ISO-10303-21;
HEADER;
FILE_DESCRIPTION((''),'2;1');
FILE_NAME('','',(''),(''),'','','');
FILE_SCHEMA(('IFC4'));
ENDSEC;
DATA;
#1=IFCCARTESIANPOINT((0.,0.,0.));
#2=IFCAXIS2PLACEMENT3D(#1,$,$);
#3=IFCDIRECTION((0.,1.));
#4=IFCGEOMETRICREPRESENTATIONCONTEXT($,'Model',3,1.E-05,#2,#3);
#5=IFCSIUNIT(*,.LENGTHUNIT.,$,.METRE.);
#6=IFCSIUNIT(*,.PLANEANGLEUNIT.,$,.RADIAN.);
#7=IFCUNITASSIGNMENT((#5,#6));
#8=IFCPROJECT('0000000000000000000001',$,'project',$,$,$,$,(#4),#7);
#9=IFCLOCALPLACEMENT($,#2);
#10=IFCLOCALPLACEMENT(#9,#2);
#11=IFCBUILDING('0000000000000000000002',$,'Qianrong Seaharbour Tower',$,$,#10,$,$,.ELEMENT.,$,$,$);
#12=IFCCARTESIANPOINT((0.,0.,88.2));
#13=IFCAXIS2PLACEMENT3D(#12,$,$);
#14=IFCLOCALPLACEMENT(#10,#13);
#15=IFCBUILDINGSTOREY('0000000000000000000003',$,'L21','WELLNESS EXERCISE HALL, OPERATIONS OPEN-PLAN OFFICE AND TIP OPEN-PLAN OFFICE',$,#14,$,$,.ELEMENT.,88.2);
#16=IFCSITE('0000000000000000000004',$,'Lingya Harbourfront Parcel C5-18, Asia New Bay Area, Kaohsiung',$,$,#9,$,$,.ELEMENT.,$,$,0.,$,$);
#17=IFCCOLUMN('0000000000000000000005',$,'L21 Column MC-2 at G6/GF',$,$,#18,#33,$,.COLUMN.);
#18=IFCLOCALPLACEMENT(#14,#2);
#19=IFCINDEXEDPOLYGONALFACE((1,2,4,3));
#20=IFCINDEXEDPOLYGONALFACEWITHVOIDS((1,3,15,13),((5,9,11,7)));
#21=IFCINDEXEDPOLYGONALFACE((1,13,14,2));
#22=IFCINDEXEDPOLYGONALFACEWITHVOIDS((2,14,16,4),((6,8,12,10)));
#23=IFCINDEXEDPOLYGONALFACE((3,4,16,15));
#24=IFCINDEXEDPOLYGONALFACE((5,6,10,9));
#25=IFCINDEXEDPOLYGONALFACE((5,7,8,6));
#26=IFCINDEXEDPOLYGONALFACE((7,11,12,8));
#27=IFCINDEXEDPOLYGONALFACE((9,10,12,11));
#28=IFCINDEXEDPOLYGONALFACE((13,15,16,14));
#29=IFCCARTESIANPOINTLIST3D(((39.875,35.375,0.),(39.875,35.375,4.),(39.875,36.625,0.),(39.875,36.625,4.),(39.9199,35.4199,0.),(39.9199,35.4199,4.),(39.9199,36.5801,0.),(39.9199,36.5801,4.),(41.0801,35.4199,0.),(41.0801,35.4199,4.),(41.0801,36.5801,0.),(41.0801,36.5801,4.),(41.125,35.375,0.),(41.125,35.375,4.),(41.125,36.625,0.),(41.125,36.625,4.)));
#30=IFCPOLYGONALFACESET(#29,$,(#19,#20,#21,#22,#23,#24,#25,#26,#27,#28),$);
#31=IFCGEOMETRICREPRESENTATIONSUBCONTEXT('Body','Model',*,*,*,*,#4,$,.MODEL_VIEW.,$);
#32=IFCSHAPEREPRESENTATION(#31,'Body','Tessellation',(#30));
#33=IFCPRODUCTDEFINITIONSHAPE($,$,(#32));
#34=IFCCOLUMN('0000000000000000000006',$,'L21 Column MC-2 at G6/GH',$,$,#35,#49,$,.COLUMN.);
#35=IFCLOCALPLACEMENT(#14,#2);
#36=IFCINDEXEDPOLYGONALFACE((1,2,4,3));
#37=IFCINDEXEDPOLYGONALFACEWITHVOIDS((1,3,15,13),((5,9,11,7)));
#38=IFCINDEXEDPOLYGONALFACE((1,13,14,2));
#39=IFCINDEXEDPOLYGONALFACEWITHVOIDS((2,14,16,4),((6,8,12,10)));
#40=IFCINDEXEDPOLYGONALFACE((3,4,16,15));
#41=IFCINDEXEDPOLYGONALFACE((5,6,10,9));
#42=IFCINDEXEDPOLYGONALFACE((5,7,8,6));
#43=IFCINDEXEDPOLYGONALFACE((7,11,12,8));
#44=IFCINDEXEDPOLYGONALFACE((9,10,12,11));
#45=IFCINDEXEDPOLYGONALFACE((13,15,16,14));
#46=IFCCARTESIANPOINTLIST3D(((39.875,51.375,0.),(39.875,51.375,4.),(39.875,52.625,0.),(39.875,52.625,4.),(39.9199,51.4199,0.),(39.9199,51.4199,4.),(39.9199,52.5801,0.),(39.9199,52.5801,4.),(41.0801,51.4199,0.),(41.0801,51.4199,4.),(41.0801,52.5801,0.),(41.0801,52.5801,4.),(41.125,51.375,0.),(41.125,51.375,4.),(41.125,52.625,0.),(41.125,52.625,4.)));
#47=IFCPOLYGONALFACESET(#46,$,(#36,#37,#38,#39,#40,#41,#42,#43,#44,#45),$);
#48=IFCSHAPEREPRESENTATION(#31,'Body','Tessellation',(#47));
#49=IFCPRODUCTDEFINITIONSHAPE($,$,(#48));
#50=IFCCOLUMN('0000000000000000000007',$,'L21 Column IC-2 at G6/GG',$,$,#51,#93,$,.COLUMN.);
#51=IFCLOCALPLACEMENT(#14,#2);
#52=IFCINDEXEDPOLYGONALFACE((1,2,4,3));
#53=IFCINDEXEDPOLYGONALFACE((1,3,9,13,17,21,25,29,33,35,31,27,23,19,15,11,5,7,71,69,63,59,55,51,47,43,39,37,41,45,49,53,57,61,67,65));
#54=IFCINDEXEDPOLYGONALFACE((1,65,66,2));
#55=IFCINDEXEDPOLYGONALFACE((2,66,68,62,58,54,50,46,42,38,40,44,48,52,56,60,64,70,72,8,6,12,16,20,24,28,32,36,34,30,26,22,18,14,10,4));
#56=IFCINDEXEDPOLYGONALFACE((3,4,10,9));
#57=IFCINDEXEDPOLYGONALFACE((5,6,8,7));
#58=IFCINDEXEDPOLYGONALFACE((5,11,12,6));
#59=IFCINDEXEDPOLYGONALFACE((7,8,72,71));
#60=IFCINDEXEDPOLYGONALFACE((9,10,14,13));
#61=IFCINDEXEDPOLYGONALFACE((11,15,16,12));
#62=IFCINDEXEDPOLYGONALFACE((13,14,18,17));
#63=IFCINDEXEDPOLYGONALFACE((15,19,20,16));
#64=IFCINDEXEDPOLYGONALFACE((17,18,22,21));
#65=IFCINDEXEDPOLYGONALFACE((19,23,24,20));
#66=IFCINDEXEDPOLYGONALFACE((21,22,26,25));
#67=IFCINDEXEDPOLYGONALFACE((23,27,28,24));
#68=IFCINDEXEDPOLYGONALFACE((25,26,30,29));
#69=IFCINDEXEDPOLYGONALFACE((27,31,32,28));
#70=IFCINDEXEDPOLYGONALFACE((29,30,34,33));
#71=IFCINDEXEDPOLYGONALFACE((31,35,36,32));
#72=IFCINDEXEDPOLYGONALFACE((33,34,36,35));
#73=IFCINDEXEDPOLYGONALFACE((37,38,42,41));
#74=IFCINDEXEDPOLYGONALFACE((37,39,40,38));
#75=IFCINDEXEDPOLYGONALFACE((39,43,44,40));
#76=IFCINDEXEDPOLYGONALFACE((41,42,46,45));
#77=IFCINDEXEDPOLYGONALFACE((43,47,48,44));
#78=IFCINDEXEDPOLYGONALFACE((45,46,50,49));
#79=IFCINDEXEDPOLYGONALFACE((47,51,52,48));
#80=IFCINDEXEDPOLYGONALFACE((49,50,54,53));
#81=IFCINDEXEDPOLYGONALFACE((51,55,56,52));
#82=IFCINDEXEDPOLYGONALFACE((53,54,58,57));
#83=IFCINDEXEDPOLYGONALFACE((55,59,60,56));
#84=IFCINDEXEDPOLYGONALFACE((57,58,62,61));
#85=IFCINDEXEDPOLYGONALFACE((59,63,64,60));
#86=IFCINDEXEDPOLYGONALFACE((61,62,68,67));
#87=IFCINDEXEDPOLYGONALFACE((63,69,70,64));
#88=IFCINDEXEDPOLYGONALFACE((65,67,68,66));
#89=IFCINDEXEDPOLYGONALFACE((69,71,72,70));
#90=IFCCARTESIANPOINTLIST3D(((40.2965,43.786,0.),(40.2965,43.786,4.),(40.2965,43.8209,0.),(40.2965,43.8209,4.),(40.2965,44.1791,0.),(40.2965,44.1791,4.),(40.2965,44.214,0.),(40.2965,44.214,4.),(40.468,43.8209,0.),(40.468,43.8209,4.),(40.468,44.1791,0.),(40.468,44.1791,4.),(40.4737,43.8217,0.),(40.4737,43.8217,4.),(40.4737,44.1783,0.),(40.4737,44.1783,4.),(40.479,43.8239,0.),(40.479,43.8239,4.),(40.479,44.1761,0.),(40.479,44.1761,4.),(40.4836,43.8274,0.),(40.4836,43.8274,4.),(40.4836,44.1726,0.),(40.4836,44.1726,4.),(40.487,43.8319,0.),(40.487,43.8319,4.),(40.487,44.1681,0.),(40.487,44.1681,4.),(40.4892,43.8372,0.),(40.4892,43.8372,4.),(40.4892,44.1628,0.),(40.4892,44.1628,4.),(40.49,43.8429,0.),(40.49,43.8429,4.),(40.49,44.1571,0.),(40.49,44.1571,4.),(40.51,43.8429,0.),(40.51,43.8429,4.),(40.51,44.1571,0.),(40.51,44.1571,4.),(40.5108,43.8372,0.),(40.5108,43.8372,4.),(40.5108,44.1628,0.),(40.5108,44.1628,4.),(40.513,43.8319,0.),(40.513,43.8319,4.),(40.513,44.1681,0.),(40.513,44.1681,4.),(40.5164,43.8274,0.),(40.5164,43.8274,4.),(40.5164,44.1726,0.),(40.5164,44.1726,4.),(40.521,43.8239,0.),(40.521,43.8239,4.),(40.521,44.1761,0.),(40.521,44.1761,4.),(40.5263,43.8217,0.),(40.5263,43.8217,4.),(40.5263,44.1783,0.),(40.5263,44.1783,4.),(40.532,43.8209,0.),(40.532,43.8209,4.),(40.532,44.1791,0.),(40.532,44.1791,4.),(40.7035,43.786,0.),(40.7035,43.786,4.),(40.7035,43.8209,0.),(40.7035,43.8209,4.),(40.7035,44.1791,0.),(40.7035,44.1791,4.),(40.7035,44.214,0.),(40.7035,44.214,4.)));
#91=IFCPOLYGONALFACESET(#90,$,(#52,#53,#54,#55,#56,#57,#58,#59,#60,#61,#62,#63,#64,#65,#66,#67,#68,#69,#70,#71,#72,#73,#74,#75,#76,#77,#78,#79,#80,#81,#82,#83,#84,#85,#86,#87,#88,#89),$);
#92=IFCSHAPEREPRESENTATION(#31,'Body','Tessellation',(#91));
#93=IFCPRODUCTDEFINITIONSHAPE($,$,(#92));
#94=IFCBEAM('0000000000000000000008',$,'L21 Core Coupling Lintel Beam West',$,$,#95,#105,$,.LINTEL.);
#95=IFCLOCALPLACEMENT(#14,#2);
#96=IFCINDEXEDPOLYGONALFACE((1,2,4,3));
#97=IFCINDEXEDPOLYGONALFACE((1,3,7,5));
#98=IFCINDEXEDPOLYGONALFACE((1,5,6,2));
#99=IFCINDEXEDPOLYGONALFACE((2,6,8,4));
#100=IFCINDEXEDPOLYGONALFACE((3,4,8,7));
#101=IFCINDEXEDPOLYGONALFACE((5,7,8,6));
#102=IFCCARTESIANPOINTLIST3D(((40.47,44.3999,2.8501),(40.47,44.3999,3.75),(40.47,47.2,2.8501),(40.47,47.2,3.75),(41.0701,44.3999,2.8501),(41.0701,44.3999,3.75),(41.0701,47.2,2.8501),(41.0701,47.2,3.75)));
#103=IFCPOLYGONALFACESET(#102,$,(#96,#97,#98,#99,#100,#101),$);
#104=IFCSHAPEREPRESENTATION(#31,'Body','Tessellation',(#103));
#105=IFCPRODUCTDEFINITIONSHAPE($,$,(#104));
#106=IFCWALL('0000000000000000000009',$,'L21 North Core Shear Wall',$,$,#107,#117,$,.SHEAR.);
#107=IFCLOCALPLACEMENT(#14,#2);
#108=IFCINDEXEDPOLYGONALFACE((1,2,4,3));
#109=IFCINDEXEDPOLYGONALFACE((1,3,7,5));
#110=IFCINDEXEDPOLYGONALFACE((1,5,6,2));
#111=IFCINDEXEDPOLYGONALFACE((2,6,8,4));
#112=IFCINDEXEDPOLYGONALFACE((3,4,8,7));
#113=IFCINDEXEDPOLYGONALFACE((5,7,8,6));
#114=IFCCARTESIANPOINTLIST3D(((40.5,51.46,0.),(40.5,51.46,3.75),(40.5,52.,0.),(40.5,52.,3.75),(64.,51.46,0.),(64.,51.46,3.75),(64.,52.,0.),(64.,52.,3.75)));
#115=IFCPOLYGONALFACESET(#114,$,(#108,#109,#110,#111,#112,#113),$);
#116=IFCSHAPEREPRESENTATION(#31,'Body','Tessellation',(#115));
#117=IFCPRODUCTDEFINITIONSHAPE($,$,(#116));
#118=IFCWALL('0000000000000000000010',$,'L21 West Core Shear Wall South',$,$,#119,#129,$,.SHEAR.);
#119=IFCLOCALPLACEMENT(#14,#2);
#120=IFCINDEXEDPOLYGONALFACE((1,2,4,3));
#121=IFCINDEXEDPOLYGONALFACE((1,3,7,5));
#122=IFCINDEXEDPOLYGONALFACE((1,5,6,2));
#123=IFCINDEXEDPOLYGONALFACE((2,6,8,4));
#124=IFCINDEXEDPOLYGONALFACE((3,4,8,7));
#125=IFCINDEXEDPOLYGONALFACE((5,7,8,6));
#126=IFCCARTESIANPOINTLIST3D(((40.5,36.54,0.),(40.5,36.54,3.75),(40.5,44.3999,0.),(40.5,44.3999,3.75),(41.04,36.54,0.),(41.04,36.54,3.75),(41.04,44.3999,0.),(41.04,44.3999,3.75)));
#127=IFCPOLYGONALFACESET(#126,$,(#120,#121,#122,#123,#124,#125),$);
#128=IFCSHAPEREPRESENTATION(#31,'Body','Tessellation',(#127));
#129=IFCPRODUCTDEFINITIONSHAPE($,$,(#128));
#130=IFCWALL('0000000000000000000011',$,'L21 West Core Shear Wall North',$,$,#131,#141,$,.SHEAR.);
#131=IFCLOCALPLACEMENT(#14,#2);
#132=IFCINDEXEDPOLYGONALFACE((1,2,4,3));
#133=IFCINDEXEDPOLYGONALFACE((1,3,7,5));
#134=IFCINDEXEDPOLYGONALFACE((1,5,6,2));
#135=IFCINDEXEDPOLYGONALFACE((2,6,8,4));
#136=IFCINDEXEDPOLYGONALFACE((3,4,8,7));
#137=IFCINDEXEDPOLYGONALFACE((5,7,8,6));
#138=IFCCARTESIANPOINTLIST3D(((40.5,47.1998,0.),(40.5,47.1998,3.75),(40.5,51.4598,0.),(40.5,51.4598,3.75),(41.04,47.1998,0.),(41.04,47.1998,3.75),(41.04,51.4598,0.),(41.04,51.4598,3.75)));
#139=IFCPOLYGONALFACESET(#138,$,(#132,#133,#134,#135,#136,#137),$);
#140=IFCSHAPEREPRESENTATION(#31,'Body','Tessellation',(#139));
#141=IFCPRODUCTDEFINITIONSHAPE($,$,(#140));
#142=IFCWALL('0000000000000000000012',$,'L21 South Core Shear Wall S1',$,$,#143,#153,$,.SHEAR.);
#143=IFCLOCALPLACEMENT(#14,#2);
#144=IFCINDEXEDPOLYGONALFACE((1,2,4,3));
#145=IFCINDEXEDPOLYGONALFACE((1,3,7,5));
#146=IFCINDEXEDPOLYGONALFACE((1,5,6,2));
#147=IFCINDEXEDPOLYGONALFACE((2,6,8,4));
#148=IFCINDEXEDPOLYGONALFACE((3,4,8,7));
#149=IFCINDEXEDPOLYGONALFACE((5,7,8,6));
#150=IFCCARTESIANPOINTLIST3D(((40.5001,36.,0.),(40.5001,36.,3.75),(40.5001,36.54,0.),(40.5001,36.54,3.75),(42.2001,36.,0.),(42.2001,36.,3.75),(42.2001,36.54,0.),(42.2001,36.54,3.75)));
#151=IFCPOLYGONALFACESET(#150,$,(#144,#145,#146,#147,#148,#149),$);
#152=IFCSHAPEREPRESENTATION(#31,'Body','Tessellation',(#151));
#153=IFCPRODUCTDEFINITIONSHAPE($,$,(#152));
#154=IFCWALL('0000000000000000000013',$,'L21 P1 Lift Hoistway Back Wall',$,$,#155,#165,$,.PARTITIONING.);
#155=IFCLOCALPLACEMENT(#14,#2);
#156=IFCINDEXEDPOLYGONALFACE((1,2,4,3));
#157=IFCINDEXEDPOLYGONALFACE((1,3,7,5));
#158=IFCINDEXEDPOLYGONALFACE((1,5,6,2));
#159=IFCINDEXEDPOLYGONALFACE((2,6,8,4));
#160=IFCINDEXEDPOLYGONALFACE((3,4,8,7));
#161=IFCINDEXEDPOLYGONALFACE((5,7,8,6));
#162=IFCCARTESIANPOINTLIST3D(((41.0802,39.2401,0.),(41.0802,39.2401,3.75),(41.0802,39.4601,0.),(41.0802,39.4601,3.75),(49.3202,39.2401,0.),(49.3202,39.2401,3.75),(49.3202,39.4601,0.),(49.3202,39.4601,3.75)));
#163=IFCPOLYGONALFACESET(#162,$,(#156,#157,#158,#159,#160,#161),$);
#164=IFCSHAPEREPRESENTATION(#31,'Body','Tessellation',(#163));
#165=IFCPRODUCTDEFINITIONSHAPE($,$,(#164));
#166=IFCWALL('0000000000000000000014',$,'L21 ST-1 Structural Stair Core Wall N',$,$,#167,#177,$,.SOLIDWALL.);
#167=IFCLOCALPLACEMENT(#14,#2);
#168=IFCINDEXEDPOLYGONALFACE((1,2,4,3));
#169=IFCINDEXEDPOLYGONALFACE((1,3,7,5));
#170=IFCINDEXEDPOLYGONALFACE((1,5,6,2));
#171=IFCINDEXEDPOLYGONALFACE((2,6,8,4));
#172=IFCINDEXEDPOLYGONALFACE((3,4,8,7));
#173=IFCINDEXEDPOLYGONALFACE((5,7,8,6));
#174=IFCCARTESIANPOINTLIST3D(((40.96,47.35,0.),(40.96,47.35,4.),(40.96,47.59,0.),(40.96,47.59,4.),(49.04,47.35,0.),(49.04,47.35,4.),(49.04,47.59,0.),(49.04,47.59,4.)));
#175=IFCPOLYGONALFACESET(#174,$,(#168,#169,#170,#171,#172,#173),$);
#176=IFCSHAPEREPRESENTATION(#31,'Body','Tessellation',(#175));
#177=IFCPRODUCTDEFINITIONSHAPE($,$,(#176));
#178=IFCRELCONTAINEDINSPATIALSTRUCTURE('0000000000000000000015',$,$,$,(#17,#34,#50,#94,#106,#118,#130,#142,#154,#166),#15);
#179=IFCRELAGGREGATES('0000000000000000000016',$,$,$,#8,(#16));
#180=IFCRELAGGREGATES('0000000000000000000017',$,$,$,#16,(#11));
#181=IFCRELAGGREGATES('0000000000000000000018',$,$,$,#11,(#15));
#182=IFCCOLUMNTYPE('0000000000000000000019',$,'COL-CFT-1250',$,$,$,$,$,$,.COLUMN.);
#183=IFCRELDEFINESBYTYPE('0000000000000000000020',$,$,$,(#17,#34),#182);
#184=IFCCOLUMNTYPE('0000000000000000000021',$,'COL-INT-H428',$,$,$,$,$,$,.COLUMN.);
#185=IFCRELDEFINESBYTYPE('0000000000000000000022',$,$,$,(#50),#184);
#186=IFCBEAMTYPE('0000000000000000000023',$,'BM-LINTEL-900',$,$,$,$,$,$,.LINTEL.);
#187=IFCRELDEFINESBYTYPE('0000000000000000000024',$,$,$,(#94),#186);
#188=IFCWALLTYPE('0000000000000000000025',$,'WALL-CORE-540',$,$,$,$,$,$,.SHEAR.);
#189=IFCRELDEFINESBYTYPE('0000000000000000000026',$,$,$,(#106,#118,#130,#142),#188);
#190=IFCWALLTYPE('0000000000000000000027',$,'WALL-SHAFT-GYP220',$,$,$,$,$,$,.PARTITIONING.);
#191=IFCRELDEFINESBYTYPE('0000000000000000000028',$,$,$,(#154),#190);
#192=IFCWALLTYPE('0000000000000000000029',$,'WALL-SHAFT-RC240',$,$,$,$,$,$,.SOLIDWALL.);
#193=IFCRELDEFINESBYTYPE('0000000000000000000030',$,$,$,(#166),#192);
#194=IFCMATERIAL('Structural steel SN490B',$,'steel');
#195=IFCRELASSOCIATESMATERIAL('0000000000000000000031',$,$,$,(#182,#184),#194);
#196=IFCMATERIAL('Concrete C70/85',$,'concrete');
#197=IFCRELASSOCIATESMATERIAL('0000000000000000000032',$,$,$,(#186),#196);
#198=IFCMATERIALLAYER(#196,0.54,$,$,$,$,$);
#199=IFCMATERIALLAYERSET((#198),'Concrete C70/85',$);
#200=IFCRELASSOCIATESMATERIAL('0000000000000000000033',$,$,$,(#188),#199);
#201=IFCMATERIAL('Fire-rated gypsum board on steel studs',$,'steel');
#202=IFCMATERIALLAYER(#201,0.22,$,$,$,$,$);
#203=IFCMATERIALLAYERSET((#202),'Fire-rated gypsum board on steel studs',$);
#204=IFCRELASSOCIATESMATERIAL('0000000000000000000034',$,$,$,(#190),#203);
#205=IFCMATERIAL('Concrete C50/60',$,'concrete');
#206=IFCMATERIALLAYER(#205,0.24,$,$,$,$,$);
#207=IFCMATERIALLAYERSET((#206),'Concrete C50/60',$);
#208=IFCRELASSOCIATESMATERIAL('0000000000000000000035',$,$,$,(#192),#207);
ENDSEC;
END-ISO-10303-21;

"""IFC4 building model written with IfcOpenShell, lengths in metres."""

from ifc_helpers import new_model, si_unit, direction, frame, frame_2d, origin, origin_2d, place, context, subcontext, project, spatial, rectangle, hollow_rectangle, i_section, extrude, material, layer, layer_set, material_profile, profile_set, type_object, element, save


model = new_model("IFC4")

# Units and contexts
model_context = context("Model", 3, precision=1e-05, world=origin(), true_north=direction((0.0, 1.0)))
body_context = subcontext(model_context, "Body", "Model", "MODEL_VIEW")
ifc_project = project(units=[si_unit("LENGTHUNIT", "METRE"), si_unit("PLANEANGLEUNIT", "RADIAN")], contexts=[model_context])

# Site, building, storey
site_placement = place(None, origin())
site = spatial("IfcSite", under=ifc_project, at=site_placement, Name="Lingya Harbourfront Parcel C5-18, Asia New Bay Area, Kaohsiung", CompositionType="ELEMENT", RefElevation=0.0)
building_placement = place(site_placement, origin())
building = spatial("IfcBuilding", under=site, at=building_placement, Name="Qianrong Seaharbour Tower", CompositionType="ELEMENT")
storey_placement = place(building_placement, frame((0.0, 0.0, 88.2)))
storey = spatial("IfcBuildingStorey", under=building, at=storey_placement, Name="L21", Description="WELLNESS EXERCISE HALL, OPERATIONS OPEN-PLAN OFFICE AND TIP OPEN-PLAN OFFICE", CompositionType="ELEMENT", Elevation=88.2)

# Columns
ifc_material_1 = material(Name="Structural steel SN490B", Category="steel")
ifc_material_profile_1 = material_profile(ifc_material_1, hollow_rectangle(XDim=1.25, YDim=1.25, WallThickness=0.0449, at=origin_2d()), Name="BOX1250x1250x45")
ifc_profile_set_1 = profile_set([ifc_material_profile_1], Name="Structural steel SN490B")
column_type_1 = type_object("IfcColumnType", Name="COL-CFT-1250", PredefinedType="COLUMN", material=ifc_profile_set_1)
for number, where, z_axis, x_axis, name in (
    (1, (40.5, 36.0, 0.0), (0.0, 0.0, 1.0), (1.0, 0.0, 0.0), "L21 Column MC-2 at G6/GF"),
    (2, (40.5, 52.0, 0.0), (0.0, 0.0, 1.0), (1.0, 0.0, 0.0), "L21 Column MC-2 at G6/GH"),
):
    element("IfcColumn", number, at=place(storey_placement, frame(where, z_axis=z_axis, x_axis=x_axis)), inside=storey, type_object=column_type_1, Name=name, PredefinedType="COLUMN", context=body_context, shape_type="SweptSolid", body=[
        extrude(hollow_rectangle(XDim=1.25, YDim=1.25, WallThickness=0.0449, at=origin_2d()), origin(), (0.0, 0.0, 1.0), 4.0),
    ])
ifc_material_profile_2 = material_profile(ifc_material_1, i_section(OverallWidth=0.407, OverallDepth=0.428, WebThickness=0.02, FlangeThickness=0.0349, FilletRadius=0.022, at=origin_2d()), Name="H428x407x20x35")
ifc_profile_set_2 = profile_set([ifc_material_profile_2], Name="Structural steel SN490B")
column_type_2 = type_object("IfcColumnType", Name="COL-INT-H428", PredefinedType="COLUMN", material=ifc_profile_set_2)
column_placement = place(storey_placement, frame((40.5, 44.0, 0.0), z_axis=(0.0, 0.0, 1.0), x_axis=(1.0, 0.0, 0.0)))
element("IfcColumn", 3, at=column_placement, inside=storey, type_object=column_type_2, Name="L21 Column IC-2 at G6/GG", PredefinedType="COLUMN", context=body_context, shape_type="SweptSolid", body=[
    extrude(i_section(OverallWidth=0.407, OverallDepth=0.428, WebThickness=0.02, FlangeThickness=0.0349, FilletRadius=0.022, at=origin_2d()), origin(), (0.0, 0.0, 1.0), 4.0),
])

# Beam
ifc_material_2 = material(Name="Concrete C70/85", Category="concrete")
ifc_material_profile_3 = material_profile(ifc_material_2, rectangle(XDim=0.6001, YDim=0.8999, at=origin_2d()), Name="RC600x900")
ifc_profile_set_3 = profile_set([ifc_material_profile_3], Name="Concrete C70/85")
beam_type = type_object("IfcBeamType", Name="BM-LINTEL-900", PredefinedType="LINTEL", material=ifc_profile_set_3)
beam_placement = place(storey_placement, frame((40.77, 44.3999, 3.3), z_axis=(0.0, 1.0, 0.0), x_axis=(-1.0, 0.0, 0.0)))
element("IfcBeam", 4, at=beam_placement, inside=storey, type_object=beam_type, Name="L21 Core Coupling Lintel Beam West", PredefinedType="LINTEL", context=body_context, shape_type="SweptSolid", body=[
    extrude(rectangle(XDim=0.6001, YDim=0.8999, at=origin_2d()), origin(), (0.0, 0.0, 1.0), 2.8),
])

# Walls
ifc_layer_1 = layer(ifc_material_2, 0.54)
ifc_layer_set_1 = layer_set([ifc_layer_1], Name="Concrete C70/85")
wall_type_1 = type_object("IfcWallType", Name="WALL-CORE-540", PredefinedType="SHEAR", material=ifc_layer_set_1)
wall_1_placement = place(storey_placement, frame((40.5, 51.73, 0.0), z_axis=(0.0, 0.0, 1.0), x_axis=(1.0, 0.0, 0.0)))
element("IfcWall", 5, at=wall_1_placement, inside=storey, type_object=wall_type_1, Name="L21 North Core Shear Wall", PredefinedType="SHEAR", context=body_context, shape_type="SweptSolid", body=[
    extrude(rectangle(XDim=23.5, YDim=0.54, at=frame_2d((11.75, 0.0))), origin(), (0.0, 0.0, 1.0), 3.75),
])
wall_2_placement = place(storey_placement, frame((40.77, 36.54, 0.0), z_axis=(0.0, 0.0, 1.0), x_axis=(0.0, 1.0, 0.0)))
element("IfcWall", 6, at=wall_2_placement, inside=storey, type_object=wall_type_1, Name="L21 West Core Shear Wall South", PredefinedType="SHEAR", context=body_context, shape_type="SweptSolid", body=[
    extrude(rectangle(XDim=7.8599, YDim=0.54, at=frame_2d((3.9299, 0.0))), origin(), (0.0, 0.0, 1.0), 3.75),
])
wall_3_placement = place(storey_placement, frame((40.77, 47.2, 0.0), z_axis=(0.0, 0.0, 1.0), x_axis=(0.0, 1.0, 0.0)))
element("IfcWall", 7, at=wall_3_placement, inside=storey, type_object=wall_type_1, Name="L21 West Core Shear Wall North", PredefinedType="SHEAR", context=body_context, shape_type="SweptSolid", body=[
    extrude(rectangle(XDim=4.26, YDim=0.54, at=frame_2d((2.1299, 0.0))), origin(), (0.0, 0.0, 1.0), 3.75),
])
wall_4_placement = place(storey_placement, frame((40.5, 36.27, 0.0), z_axis=(0.0, 0.0, 1.0), x_axis=(1.0, 0.0, 0.0)))
element("IfcWall", 8, at=wall_4_placement, inside=storey, type_object=wall_type_1, Name="L21 South Core Shear Wall S1", PredefinedType="SHEAR", context=body_context, shape_type="SweptSolid", body=[
    extrude(rectangle(XDim=1.7, YDim=0.54, at=frame_2d((0.8501, 0.0))), origin(), (0.0, 0.0, 1.0), 3.75),
])

# Walls
ifc_material_3 = material(Name="Fire-rated gypsum board on steel studs", Category="steel")
ifc_layer_2 = layer(ifc_material_3, 0.22)
ifc_layer_set_2 = layer_set([ifc_layer_2], Name="Fire-rated gypsum board on steel studs")
wall_type_2 = type_object("IfcWallType", Name="WALL-SHAFT-GYP220", PredefinedType="PARTITIONING", material=ifc_layer_set_2)
wall_5_placement = place(storey_placement, frame((41.0801, 39.3501, 0.0), z_axis=(0.0, 0.0, 1.0), x_axis=(1.0, 0.0, 0.0)))
element("IfcWall", 9, at=wall_5_placement, inside=storey, type_object=wall_type_2, Name="L21 P1 Lift Hoistway Back Wall", PredefinedType="PARTITIONING", context=body_context, shape_type="SweptSolid", body=[
    extrude(rectangle(XDim=8.24, YDim=0.22, at=frame_2d((4.1201, 0.0))), origin(), (0.0, 0.0, 1.0), 3.75),
])
ifc_material_4 = material(Name="Concrete C50/60", Category="concrete")
ifc_layer_3 = layer(ifc_material_4, 0.24)
ifc_layer_set_3 = layer_set([ifc_layer_3], Name="Concrete C50/60")
wall_type_3 = type_object("IfcWallType", Name="WALL-SHAFT-RC240", PredefinedType="SOLIDWALL", material=ifc_layer_set_3)
wall_6_placement = place(storey_placement, frame((40.96, 47.47, 0.0), z_axis=(0.0, 0.0, 1.0), x_axis=(1.0, 0.0, 0.0)))
element("IfcWall", 10, at=wall_6_placement, inside=storey, type_object=wall_type_3, Name="L21 ST-1 Structural Stair Core Wall N", PredefinedType="SOLIDWALL", context=body_context, shape_type="SweptSolid", body=[
    extrude(rectangle(XDim=8.0801, YDim=0.24, at=frame_2d((4.04, 0.0))), origin(), (0.0, 0.0, 1.0), 4.0),
])

save(model, "model.ifc")
